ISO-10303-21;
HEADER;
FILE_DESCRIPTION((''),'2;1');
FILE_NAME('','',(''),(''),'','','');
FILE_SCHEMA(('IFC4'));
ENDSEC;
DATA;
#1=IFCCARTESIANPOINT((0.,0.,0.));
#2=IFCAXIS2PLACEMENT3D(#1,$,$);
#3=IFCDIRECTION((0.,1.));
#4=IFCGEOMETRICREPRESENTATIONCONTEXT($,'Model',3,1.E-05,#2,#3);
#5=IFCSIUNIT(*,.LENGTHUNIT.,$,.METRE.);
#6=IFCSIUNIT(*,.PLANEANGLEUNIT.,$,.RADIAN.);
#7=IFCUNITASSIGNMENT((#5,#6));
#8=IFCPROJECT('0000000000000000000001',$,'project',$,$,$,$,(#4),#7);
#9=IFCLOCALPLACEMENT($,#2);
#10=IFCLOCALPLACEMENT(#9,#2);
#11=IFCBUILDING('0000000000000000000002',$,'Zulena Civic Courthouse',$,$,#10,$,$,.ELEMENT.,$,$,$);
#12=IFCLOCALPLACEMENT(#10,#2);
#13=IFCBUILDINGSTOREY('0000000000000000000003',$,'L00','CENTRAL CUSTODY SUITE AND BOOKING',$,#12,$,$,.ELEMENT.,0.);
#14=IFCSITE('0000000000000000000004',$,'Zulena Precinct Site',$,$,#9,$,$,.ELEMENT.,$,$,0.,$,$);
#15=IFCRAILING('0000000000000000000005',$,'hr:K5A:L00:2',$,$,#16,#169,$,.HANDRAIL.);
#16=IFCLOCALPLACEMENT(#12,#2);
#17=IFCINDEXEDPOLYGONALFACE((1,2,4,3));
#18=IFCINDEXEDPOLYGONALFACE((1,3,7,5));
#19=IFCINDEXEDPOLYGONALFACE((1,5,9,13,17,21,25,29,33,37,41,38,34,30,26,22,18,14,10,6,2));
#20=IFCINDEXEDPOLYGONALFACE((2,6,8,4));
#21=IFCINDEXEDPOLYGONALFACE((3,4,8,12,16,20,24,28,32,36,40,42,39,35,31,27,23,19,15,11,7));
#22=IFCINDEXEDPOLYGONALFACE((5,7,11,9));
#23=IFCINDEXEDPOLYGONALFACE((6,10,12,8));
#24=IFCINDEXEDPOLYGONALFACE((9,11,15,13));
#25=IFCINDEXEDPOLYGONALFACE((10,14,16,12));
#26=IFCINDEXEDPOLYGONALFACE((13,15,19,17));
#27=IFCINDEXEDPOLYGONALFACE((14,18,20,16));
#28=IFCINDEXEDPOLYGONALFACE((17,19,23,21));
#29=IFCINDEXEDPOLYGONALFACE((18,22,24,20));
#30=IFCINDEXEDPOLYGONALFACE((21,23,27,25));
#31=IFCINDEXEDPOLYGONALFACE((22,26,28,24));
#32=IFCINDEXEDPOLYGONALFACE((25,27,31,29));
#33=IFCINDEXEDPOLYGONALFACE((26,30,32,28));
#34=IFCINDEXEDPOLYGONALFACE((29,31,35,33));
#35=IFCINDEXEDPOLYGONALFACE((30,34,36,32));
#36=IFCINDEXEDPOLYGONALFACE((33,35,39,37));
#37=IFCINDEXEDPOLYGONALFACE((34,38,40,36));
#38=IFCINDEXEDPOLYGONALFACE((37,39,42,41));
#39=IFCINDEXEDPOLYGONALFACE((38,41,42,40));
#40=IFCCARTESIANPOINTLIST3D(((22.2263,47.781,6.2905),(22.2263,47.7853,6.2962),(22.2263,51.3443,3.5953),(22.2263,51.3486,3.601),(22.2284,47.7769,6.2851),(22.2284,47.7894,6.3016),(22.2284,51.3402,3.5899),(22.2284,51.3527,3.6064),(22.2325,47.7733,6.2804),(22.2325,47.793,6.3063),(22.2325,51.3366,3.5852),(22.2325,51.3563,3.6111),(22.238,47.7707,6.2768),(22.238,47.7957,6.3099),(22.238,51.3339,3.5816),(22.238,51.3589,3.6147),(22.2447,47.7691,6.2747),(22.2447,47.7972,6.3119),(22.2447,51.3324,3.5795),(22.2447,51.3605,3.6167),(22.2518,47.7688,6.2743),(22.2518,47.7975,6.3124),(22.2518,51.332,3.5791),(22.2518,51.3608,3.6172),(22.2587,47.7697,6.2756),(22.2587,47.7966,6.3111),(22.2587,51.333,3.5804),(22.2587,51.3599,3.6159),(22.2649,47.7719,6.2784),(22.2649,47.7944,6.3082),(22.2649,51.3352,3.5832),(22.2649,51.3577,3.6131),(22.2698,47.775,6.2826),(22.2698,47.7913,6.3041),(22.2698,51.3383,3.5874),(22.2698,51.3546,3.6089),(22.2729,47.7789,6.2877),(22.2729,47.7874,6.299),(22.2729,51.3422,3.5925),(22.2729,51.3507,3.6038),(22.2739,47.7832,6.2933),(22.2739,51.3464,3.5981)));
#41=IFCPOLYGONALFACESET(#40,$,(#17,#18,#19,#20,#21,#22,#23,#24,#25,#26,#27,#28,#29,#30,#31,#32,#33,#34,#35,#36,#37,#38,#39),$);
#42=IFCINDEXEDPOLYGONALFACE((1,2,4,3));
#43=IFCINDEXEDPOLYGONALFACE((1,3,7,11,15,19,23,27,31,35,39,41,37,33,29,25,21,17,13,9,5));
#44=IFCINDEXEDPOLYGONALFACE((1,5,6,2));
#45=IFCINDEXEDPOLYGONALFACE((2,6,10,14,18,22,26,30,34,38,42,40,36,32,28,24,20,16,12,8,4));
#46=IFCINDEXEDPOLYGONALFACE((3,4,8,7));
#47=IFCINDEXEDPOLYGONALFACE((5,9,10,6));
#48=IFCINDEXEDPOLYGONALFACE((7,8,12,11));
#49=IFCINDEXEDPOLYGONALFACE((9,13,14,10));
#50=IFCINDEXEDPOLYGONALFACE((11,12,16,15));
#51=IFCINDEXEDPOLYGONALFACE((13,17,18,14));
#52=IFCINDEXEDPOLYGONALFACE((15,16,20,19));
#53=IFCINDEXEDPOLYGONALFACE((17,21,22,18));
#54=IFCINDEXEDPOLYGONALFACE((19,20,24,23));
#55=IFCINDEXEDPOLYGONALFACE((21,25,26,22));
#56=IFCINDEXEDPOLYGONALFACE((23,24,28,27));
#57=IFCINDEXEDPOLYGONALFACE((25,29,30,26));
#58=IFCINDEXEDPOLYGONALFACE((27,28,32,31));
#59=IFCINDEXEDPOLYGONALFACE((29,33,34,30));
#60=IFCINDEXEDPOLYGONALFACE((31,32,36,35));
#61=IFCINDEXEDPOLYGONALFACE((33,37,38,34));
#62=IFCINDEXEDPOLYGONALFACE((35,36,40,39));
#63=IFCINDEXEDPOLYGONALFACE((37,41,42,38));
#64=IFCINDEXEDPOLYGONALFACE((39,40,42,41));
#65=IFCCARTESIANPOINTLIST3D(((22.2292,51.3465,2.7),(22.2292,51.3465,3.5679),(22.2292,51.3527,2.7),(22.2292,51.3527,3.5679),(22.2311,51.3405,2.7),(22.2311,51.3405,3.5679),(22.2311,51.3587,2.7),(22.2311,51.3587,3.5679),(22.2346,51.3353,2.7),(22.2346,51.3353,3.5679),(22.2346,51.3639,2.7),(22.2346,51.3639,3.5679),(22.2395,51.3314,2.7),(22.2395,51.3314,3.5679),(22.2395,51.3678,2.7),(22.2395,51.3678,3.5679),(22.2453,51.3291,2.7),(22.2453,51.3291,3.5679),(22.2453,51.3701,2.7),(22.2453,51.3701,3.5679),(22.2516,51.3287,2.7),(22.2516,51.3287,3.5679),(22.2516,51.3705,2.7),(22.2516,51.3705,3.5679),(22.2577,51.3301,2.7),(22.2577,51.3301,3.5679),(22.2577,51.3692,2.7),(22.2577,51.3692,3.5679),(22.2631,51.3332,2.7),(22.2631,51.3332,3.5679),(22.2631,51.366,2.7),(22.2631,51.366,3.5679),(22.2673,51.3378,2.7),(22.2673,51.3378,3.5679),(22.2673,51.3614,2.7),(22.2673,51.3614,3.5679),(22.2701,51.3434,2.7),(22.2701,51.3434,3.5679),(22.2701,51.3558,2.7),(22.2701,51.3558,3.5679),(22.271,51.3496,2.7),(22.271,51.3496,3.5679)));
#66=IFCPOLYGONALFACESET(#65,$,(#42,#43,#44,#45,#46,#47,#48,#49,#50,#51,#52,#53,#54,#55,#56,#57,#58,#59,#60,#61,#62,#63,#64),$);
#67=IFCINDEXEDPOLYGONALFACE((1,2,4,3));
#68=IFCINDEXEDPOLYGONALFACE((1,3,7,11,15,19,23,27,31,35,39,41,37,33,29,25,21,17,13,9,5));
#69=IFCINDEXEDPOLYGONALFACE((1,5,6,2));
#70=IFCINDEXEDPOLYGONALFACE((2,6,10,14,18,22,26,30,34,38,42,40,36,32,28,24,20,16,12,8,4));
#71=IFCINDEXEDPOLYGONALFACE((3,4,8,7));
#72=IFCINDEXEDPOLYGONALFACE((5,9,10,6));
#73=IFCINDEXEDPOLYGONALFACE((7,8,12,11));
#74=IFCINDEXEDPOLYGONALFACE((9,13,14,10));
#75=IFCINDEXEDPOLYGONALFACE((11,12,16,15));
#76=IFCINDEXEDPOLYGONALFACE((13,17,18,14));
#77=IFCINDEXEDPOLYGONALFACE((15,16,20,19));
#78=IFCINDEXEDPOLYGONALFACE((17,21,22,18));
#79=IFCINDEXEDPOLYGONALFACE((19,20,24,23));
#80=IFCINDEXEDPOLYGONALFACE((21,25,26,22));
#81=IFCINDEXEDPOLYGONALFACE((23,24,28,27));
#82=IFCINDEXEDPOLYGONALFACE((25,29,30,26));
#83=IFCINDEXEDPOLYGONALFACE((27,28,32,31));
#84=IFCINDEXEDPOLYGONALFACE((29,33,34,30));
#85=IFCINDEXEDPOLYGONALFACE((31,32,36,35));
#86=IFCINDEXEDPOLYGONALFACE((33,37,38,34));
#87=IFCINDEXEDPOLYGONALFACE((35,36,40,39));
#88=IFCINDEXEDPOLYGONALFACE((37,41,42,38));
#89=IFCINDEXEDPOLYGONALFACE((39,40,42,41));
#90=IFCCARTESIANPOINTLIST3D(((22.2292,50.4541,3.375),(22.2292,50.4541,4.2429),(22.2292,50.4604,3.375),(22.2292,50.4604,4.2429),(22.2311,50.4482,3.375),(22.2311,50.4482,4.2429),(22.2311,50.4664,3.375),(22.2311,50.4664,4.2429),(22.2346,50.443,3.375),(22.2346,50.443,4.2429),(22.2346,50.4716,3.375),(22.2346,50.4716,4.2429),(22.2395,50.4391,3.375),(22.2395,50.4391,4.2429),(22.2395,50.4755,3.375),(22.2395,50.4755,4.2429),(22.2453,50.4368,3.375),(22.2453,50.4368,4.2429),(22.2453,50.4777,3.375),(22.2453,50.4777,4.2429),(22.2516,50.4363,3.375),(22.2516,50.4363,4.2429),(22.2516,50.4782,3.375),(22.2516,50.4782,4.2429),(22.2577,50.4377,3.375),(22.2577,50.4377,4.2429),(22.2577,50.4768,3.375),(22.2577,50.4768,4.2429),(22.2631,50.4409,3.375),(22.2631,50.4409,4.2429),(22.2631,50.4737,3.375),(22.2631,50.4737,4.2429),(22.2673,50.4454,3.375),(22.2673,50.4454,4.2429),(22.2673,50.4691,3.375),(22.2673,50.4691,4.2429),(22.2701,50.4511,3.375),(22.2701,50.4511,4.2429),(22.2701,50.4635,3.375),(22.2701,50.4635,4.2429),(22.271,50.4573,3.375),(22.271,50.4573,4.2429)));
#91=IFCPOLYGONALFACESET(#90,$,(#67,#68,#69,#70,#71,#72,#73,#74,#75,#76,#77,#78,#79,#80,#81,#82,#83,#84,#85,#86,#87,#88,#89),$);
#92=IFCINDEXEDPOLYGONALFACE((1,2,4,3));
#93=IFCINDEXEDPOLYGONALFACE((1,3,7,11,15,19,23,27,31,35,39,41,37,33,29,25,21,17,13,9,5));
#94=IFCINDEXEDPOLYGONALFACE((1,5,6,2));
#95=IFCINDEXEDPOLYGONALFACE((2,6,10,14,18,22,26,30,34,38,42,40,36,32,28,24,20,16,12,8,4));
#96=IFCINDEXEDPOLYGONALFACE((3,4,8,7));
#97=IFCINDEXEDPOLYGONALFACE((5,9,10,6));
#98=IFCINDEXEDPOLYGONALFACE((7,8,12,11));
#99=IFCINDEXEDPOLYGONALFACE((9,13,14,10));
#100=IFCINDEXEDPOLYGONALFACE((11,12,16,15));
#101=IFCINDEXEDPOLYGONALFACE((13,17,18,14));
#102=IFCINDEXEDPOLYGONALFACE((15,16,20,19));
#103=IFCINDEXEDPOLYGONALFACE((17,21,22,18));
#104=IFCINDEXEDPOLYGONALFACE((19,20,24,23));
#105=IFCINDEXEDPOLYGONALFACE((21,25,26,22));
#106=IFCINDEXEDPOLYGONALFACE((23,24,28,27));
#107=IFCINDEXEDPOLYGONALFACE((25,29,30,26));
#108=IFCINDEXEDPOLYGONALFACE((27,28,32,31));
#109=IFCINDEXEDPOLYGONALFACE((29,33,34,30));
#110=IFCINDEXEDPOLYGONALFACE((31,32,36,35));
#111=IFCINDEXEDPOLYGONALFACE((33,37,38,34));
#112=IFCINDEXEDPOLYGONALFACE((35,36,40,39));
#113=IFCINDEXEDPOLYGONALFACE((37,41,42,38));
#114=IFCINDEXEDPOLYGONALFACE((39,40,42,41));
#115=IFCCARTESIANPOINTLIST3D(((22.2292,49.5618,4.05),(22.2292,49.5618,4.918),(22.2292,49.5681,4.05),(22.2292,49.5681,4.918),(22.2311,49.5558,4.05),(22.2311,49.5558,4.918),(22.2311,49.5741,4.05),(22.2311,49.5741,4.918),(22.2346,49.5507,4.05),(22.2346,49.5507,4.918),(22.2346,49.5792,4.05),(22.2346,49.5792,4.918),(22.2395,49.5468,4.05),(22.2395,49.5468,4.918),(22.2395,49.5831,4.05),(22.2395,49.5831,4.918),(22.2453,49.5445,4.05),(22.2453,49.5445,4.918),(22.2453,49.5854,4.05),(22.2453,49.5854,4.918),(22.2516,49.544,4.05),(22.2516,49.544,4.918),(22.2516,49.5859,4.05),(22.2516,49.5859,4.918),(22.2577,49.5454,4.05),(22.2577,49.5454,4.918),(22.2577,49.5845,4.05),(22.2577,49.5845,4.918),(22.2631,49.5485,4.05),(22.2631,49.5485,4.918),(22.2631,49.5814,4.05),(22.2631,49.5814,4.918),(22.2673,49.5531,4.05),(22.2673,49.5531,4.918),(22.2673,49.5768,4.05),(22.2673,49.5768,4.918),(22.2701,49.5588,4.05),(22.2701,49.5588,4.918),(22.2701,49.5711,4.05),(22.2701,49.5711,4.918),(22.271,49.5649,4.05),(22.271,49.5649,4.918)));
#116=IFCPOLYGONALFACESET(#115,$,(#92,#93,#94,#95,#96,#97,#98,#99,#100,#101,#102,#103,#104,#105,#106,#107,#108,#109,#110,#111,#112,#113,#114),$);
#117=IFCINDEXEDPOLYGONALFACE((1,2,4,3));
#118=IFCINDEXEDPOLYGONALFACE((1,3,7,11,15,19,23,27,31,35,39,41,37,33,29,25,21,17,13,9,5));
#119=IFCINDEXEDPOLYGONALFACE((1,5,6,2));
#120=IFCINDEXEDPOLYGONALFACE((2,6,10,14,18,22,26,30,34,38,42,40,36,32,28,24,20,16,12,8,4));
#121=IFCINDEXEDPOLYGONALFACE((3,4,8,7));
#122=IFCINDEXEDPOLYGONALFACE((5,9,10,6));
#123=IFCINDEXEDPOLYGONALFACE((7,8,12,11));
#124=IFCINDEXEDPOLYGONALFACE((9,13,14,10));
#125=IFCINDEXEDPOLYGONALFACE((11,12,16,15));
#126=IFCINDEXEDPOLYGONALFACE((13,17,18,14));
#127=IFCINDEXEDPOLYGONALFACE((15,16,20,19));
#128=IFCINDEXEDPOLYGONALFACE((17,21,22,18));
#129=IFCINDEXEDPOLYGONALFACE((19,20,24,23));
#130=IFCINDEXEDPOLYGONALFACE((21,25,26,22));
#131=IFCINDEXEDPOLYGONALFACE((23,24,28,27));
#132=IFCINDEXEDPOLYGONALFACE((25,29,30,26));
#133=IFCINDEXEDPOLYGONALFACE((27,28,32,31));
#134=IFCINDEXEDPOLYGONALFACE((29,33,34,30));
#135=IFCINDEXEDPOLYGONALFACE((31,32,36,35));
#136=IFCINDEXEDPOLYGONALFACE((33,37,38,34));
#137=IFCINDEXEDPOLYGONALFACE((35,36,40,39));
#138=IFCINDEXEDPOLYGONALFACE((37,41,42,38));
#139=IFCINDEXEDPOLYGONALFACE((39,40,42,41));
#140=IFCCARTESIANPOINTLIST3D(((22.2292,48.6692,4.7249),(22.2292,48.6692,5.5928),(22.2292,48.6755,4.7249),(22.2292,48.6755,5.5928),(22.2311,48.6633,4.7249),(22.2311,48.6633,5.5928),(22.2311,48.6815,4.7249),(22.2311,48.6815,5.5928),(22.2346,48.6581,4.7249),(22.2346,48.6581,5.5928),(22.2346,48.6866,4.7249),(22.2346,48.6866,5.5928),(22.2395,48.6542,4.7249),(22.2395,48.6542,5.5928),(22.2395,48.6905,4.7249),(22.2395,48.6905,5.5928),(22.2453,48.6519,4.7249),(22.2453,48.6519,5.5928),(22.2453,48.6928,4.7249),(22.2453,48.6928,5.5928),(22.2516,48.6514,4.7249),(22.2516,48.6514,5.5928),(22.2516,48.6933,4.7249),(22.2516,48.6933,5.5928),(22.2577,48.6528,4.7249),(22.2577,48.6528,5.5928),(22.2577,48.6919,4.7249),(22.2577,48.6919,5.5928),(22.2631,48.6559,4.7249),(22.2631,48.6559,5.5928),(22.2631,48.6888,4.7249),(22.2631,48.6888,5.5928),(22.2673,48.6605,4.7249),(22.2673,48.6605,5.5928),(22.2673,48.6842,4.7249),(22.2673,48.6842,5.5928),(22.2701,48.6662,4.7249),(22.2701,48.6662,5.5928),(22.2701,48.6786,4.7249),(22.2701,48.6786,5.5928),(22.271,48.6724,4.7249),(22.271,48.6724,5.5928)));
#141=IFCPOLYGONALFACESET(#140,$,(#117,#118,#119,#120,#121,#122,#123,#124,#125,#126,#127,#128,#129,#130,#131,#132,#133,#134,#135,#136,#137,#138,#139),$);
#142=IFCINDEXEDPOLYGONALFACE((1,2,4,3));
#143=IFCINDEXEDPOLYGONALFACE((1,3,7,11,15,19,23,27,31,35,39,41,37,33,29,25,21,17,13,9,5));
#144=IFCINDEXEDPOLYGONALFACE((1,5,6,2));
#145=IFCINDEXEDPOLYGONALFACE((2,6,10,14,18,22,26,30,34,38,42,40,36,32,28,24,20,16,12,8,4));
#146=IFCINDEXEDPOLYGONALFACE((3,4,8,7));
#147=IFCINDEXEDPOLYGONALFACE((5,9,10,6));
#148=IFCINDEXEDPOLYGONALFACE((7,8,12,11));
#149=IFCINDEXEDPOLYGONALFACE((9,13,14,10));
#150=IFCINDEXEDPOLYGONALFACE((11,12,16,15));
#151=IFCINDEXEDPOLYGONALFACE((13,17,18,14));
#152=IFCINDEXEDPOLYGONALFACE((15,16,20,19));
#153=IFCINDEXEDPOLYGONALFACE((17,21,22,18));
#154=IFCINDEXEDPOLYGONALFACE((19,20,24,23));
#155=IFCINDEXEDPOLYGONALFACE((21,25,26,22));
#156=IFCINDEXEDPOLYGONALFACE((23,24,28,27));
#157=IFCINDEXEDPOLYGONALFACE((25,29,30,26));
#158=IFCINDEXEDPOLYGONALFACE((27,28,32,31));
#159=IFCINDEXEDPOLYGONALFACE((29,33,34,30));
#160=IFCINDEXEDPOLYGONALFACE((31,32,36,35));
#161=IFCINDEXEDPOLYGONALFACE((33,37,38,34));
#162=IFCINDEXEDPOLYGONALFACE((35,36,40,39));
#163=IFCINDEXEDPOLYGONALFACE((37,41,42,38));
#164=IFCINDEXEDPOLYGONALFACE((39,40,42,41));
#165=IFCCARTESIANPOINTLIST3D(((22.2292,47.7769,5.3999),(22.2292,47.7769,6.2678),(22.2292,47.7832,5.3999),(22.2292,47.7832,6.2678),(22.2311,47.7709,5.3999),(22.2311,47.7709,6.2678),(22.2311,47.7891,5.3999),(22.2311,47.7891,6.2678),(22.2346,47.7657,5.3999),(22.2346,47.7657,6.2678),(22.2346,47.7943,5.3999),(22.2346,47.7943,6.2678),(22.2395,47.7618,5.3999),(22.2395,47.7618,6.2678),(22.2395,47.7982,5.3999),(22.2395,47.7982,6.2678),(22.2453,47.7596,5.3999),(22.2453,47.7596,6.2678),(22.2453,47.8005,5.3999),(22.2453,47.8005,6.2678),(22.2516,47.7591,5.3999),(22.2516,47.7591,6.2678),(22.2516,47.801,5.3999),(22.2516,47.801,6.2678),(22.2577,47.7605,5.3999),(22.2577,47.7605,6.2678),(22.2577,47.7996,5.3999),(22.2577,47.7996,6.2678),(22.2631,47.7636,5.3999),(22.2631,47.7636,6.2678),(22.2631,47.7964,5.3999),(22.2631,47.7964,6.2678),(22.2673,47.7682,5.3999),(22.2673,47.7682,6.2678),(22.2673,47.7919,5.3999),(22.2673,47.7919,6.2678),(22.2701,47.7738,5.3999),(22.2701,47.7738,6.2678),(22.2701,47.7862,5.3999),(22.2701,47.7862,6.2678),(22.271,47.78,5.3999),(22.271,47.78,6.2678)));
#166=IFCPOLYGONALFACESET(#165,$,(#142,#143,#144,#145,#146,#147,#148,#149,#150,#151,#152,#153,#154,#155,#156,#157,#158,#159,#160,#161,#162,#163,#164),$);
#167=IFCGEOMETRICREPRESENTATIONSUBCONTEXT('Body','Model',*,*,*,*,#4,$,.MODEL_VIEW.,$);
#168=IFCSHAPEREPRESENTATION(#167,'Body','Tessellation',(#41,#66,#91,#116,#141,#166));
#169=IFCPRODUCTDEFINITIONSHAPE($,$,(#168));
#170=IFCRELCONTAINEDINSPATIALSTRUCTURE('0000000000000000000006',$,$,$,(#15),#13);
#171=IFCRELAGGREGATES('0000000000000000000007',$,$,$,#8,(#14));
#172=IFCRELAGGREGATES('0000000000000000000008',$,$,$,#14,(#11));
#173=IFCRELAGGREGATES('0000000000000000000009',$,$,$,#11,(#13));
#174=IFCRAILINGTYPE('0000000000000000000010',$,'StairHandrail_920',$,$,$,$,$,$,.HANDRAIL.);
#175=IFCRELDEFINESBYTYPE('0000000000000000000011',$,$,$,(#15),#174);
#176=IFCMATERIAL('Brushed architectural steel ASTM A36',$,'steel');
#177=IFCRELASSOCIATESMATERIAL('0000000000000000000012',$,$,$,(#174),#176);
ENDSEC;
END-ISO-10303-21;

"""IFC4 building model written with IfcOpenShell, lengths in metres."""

from ifc_helpers import new_model, si_unit, direction, frame, origin, origin_2d, place, context, subcontext, project, spatial, circle, extrude, material, type_object, element, save


model = new_model("IFC4")

# Units and contexts
model_context = context("Model", 3, precision=1e-05, world=origin(), true_north=direction((0.0, 1.0)))
body_context = subcontext(model_context, "Body", "Model", "MODEL_VIEW")
ifc_project = project(units=[si_unit("LENGTHUNIT", "METRE"), si_unit("PLANEANGLEUNIT", "RADIAN")], contexts=[model_context])

# Site, building, storey
site_placement = place(None, origin())
site = spatial("IfcSite", under=ifc_project, at=site_placement, Name="Zulena Precinct Site", CompositionType="ELEMENT", RefElevation=0.0)
building_placement = place(site_placement, origin())
building = spatial("IfcBuilding", under=site, at=building_placement, Name="Zulena Civic Courthouse", CompositionType="ELEMENT")
storey_placement = place(building_placement, origin())
storey = spatial("IfcBuildingStorey", under=building, at=storey_placement, Name="L00", Description="CENTRAL CUSTODY SUITE AND BOOKING", CompositionType="ELEMENT", Elevation=0.0)

# Railing
ifc_material_1 = material(Name="Brushed architectural steel ASTM A36", Category="steel")
railing_type_1 = type_object("IfcRailingType", Name="StairHandrail_920", PredefinedType="HANDRAIL", material=ifc_material_1)
railing_1_placement = place(storey_placement, frame((22.25, 51.3496, 2.7)))
element("IfcRailing", 1, at=railing_1_placement, inside=storey, type_object=railing_type_1, Name="hr:K5A:L00:2", PredefinedType="HANDRAIL", context=body_context, shape_type="SweptSolid", body=[
    extrude(circle(Radius=0.0239, at=origin_2d()), frame((0.0, -0.0032, 0.8982), z_axis=(0.0, -0.797552, 0.60325), x_axis=(1.0, 0.0, 0.0)), (0.0, 0.0, 1.0), 4.4678),
    extrude(circle(Radius=0.021, at=origin_2d()), origin(), (0.0, 0.0, 1.0), 0.8679),
    extrude(circle(Radius=0.021, at=origin_2d()), frame((0.0, -0.8923, 0.675)), (0.0, 0.0, 1.0), 0.8679),
    extrude(circle(Radius=0.021, at=origin_2d()), frame((0.0, -1.7847, 1.3501)), (0.0, 0.0, 1.0), 0.8679),
    extrude(circle(Radius=0.021, at=origin_2d()), frame((0.0, -2.6772, 2.0249)), (0.0, 0.0, 1.0), 0.8679),
    extrude(circle(Radius=0.021, at=origin_2d()), frame((0.0, -3.5696, 2.7)), (0.0, 0.0, 1.0), 0.8679),
])

save(model, "model.ifc")
